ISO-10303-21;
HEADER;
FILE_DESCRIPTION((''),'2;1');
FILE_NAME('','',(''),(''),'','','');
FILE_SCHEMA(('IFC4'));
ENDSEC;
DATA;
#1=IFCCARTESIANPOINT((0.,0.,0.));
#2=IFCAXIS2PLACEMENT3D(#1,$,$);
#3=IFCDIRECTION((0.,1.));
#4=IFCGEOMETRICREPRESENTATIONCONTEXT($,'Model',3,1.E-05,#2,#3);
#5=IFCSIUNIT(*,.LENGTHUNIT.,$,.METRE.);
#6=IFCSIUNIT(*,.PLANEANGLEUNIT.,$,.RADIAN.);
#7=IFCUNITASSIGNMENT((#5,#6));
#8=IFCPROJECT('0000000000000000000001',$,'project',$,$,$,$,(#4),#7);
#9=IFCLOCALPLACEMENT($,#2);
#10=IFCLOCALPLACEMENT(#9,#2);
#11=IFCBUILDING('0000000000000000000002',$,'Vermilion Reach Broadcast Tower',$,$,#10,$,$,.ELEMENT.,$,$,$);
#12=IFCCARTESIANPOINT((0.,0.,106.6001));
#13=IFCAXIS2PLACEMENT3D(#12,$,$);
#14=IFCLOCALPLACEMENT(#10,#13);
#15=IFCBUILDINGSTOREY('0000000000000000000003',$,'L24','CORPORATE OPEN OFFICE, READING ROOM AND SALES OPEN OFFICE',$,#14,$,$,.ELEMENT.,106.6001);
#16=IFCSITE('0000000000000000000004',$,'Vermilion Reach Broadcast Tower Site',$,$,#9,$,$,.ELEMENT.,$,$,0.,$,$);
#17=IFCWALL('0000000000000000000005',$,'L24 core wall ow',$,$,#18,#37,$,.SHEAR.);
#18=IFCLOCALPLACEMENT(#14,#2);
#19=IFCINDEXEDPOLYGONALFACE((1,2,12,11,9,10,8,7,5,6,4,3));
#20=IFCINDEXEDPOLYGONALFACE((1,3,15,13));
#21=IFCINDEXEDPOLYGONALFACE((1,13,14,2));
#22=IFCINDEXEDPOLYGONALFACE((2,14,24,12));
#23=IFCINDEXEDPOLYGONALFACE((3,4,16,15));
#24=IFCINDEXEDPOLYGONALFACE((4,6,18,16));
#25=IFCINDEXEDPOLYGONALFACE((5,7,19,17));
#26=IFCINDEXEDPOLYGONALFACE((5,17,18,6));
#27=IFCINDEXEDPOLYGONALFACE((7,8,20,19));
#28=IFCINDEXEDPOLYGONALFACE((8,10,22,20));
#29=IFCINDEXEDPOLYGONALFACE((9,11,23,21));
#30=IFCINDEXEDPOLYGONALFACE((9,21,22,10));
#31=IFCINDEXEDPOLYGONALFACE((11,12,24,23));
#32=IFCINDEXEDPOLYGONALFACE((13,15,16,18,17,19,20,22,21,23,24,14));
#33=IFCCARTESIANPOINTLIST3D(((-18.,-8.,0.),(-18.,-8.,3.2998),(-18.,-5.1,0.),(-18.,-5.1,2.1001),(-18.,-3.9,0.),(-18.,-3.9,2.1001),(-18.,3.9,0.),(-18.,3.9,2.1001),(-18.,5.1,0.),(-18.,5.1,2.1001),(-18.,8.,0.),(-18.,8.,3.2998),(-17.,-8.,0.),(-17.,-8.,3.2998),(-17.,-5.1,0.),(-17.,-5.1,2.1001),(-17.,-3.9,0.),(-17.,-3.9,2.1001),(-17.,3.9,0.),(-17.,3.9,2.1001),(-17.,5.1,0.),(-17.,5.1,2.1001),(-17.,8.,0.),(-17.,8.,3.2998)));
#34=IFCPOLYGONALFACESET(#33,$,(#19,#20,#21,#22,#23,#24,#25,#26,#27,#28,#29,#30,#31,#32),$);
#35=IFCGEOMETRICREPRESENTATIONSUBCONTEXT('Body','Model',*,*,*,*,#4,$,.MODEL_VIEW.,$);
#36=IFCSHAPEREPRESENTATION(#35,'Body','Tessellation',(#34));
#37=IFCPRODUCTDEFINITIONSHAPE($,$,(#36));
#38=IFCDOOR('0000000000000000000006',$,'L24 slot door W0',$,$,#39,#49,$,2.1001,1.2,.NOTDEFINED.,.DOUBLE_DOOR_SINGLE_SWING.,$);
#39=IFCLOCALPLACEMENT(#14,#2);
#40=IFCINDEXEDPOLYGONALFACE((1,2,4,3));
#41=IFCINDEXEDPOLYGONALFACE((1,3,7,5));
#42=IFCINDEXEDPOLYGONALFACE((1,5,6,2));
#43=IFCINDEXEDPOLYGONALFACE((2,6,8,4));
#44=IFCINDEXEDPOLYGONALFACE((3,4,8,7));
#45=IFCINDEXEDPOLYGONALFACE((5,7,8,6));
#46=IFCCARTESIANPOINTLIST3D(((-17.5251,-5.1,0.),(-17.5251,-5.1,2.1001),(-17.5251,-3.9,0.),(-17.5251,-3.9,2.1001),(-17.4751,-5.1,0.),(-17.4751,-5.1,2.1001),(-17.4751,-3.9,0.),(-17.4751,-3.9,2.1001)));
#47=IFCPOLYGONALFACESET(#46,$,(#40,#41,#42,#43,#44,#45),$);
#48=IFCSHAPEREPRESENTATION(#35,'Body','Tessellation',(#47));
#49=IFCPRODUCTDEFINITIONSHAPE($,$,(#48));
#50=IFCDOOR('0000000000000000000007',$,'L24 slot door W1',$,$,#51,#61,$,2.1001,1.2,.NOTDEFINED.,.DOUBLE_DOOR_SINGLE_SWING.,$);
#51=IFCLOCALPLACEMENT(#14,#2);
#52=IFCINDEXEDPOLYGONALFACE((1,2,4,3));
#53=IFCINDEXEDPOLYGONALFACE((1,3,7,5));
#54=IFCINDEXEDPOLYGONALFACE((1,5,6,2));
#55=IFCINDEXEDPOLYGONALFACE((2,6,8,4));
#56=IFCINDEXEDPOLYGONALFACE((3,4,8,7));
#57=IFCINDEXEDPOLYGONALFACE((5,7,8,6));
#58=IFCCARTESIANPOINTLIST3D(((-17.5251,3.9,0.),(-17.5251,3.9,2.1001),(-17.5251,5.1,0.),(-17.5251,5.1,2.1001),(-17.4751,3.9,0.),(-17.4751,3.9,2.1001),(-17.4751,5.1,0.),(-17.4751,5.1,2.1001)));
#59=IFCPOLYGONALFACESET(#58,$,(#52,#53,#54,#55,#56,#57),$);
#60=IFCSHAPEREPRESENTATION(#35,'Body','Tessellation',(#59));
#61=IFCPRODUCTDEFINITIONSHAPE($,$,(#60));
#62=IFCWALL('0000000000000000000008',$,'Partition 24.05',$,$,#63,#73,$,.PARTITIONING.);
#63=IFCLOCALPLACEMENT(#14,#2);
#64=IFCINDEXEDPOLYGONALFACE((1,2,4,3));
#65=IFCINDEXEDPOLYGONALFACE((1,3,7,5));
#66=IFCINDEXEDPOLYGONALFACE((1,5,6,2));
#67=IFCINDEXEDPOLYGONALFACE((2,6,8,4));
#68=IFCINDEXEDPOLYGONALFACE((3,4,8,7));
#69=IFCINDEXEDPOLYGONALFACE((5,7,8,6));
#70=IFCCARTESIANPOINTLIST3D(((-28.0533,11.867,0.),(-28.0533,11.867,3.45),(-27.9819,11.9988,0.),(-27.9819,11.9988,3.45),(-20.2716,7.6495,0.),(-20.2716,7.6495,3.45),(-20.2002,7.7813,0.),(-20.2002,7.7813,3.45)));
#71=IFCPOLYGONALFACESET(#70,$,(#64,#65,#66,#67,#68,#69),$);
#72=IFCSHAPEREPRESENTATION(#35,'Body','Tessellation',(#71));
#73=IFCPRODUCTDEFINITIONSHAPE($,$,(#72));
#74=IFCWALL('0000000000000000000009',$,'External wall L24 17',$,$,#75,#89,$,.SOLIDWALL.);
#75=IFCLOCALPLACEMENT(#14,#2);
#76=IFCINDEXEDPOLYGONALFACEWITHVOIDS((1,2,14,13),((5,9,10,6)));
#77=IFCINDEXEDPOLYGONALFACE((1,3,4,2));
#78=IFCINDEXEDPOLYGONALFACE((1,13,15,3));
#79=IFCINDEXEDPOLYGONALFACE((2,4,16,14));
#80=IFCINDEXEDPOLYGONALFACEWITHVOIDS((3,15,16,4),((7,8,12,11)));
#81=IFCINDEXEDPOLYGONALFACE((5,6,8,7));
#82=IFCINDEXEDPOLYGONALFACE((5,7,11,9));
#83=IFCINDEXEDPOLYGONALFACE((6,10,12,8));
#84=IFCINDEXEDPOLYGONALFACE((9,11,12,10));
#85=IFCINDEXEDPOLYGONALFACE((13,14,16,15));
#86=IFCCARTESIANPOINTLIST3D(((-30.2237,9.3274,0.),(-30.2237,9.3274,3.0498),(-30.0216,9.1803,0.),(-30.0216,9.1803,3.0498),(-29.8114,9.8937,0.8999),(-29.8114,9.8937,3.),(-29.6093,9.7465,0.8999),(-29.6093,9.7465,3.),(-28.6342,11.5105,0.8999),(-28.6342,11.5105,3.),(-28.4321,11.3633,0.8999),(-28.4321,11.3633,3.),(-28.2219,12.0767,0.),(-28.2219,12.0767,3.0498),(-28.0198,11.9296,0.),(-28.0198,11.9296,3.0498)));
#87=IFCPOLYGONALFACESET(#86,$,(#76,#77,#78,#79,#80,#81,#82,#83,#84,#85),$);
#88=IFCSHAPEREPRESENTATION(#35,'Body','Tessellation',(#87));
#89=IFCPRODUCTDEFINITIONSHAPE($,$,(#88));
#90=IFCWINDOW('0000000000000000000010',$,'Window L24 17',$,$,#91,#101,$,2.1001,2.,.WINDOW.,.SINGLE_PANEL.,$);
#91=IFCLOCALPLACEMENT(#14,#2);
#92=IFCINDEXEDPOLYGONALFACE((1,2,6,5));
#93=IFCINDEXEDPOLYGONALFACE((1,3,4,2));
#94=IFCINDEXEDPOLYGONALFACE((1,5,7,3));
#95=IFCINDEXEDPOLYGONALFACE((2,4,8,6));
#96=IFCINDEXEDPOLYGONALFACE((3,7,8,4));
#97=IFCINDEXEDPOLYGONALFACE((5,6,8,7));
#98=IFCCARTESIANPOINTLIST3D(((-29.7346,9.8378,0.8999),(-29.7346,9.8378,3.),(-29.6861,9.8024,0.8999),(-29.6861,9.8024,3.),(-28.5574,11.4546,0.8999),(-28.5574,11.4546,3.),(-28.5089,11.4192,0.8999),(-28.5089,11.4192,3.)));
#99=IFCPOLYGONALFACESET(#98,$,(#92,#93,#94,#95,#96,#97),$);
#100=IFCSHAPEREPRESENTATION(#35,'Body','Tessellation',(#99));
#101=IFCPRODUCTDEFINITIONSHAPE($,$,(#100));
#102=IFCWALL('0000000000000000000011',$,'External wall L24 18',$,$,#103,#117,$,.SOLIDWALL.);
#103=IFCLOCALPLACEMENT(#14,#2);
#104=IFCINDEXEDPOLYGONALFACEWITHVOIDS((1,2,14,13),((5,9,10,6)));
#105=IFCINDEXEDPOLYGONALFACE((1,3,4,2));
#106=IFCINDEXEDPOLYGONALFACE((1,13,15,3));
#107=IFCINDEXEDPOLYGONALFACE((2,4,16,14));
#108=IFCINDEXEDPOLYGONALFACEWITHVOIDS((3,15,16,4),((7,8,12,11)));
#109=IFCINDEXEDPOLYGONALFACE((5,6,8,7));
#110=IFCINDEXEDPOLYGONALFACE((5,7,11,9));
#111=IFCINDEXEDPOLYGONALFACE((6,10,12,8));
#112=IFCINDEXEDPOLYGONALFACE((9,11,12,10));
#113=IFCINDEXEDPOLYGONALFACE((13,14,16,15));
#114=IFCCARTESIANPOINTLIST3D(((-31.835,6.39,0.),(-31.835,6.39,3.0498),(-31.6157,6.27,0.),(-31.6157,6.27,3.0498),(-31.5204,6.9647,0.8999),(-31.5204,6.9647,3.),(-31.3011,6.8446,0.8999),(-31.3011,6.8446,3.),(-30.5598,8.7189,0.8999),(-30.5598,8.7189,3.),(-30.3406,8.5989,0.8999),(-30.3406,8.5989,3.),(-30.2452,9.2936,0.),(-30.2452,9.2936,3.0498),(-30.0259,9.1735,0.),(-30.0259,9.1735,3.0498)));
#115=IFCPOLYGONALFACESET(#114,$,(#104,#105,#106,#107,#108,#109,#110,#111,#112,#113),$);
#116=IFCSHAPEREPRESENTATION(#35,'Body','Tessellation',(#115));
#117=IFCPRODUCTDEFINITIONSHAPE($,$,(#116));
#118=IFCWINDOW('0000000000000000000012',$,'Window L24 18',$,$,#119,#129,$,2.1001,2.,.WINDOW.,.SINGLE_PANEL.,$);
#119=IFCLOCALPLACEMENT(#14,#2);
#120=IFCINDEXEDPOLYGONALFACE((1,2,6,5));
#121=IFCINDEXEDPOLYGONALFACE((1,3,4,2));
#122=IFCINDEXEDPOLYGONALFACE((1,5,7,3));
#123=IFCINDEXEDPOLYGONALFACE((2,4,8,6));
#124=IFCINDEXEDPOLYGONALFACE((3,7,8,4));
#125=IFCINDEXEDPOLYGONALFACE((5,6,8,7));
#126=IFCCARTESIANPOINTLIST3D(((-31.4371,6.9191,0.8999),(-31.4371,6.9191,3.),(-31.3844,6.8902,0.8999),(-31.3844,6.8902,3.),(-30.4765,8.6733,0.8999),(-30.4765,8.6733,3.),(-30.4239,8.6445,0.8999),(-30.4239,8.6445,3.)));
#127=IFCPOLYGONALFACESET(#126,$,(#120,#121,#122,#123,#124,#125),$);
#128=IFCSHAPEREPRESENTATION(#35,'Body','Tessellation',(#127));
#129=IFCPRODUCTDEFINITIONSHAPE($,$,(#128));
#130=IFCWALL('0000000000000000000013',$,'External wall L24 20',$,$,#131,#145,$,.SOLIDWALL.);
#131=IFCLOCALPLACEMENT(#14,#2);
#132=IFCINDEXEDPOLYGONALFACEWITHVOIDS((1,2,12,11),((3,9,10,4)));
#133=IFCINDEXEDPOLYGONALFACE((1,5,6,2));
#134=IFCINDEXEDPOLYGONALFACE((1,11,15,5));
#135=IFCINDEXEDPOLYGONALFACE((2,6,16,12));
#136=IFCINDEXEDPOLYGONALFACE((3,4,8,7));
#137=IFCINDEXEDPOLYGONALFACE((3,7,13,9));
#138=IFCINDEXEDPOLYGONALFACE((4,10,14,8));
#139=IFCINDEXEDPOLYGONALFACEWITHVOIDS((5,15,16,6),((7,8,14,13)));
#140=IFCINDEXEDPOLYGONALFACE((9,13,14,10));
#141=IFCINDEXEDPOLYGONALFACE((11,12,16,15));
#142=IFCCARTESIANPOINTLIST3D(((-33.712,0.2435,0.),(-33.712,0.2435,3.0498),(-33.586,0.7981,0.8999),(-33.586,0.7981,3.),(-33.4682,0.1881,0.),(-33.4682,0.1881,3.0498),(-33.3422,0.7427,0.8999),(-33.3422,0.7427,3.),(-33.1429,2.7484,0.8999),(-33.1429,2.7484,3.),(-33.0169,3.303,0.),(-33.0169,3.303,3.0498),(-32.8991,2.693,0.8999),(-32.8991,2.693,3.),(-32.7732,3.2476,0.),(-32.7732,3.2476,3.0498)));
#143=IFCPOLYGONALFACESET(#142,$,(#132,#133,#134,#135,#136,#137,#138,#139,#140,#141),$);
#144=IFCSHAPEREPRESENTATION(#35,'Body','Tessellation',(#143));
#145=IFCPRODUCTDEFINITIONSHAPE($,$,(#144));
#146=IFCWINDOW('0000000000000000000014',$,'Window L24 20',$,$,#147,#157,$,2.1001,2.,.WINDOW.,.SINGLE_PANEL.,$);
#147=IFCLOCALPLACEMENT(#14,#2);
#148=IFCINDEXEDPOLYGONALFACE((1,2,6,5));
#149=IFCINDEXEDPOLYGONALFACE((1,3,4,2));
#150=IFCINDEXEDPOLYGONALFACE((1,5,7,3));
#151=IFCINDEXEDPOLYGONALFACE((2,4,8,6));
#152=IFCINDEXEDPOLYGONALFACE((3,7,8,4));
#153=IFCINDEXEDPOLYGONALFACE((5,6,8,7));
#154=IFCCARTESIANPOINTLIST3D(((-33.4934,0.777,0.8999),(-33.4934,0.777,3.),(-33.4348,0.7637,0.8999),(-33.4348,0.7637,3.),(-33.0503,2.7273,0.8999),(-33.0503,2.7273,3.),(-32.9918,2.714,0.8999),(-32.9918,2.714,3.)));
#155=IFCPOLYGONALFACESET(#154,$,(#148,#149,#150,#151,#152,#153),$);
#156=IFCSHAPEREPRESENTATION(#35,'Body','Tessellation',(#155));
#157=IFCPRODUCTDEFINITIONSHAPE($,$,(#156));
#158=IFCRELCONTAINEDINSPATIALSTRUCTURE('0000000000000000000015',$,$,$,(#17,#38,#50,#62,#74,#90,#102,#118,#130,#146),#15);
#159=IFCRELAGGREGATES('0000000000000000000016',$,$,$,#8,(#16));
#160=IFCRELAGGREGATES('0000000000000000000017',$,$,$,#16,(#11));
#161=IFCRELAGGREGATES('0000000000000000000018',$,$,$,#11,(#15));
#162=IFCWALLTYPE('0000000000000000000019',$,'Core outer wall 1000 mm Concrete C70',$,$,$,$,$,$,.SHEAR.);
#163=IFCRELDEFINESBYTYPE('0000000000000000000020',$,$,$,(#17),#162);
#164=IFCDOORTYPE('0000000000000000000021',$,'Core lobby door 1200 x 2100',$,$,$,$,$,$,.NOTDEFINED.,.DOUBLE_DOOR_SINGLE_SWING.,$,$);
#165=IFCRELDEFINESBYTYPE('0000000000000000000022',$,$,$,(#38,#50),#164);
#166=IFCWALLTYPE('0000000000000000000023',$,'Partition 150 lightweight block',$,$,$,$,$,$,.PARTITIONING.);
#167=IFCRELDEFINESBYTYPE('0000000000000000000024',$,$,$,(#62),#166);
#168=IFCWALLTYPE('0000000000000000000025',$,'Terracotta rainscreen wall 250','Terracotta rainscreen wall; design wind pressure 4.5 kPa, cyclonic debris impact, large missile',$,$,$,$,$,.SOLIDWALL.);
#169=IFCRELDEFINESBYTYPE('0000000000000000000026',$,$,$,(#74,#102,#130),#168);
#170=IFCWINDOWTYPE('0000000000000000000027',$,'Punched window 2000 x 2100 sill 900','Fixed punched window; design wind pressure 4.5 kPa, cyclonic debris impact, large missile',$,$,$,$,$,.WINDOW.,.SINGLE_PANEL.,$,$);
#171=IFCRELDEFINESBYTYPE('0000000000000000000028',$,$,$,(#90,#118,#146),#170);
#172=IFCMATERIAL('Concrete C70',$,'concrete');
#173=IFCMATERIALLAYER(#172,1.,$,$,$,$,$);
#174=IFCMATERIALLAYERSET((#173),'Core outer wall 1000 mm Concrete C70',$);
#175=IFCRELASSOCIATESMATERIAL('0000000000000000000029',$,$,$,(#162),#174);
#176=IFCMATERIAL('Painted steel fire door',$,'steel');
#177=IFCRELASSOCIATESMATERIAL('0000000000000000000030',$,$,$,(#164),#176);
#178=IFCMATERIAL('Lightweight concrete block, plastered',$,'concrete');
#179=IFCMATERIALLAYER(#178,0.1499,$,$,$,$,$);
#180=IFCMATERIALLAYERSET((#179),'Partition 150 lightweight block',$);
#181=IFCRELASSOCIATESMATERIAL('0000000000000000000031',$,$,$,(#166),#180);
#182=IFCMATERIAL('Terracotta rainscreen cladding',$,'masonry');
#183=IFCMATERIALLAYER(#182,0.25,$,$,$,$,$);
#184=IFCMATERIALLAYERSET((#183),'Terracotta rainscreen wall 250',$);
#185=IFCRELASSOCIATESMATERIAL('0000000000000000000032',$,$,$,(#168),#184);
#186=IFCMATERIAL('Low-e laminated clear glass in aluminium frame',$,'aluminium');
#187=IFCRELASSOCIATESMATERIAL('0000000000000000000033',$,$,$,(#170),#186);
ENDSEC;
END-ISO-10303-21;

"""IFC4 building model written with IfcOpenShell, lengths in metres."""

from ifc_helpers import new_model, si_unit, direction, frame, frame_2d, origin, place, context, subcontext, project, spatial, rectangle, extrude, material, layer, layer_set, type_object, element, fill, save


model = new_model("IFC4")

# Units and contexts
model_context = context("Model", 3, precision=1e-05, world=origin(), true_north=direction((0.0, 1.0)))
body_context = subcontext(model_context, "Body", "Model", "MODEL_VIEW")
ifc_project = project(units=[si_unit("LENGTHUNIT", "METRE"), si_unit("PLANEANGLEUNIT", "RADIAN")], contexts=[model_context])

# Site, building, storey
site_placement = place(None, origin())
site = spatial("IfcSite", under=ifc_project, at=site_placement, Name="Vermilion Reach Broadcast Tower Site", CompositionType="ELEMENT", RefElevation=0.0)
building_placement = place(site_placement, origin())
building = spatial("IfcBuilding", under=site, at=building_placement, Name="Vermilion Reach Broadcast Tower", CompositionType="ELEMENT")
storey_placement = place(building_placement, frame((0.0, 0.0, 106.6001)))
storey = spatial("IfcBuildingStorey", under=building, at=storey_placement, Name="L24", Description="CORPORATE OPEN OFFICE, READING ROOM AND SALES OPEN OFFICE", CompositionType="ELEMENT", Elevation=106.6001)

# Wall, openings, doors
ifc_material_1 = material(Name="Concrete C70", Category="concrete")
ifc_layer_1 = layer(ifc_material_1, 1.0)
ifc_layer_set_1 = layer_set([ifc_layer_1], Name="Core outer wall 1000 mm Concrete C70")
wall_type_1 = type_object("IfcWallType", Name="Core outer wall 1000 mm Concrete C70", PredefinedType="SHEAR", material=ifc_layer_set_1)
wall_1_placement = place(storey_placement, frame((-17.5, 8.0, 0.0), z_axis=(0.0, 0.0, 1.0), x_axis=(0.0, -1.0, 0.0)))
wall_1 = element("IfcWall", 1, at=wall_1_placement, inside=storey, type_object=wall_type_1, Name="L24 core wall ow", PredefinedType="SHEAR", context=body_context, shape_type="SweptSolid", body=[
    extrude(rectangle(XDim=16.0, YDim=1.0, at=frame_2d((8.0, 0.0))), origin(), (0.0, 0.0, 1.0), 3.2998),
])
opening_1_placement = place(wall_1_placement, frame((11.8999, 0.0, 0.0)))
opening_1 = element("IfcOpeningElement", 2, at=opening_1_placement, cuts=wall_1, PredefinedType="OPENING", context=body_context, shape_type="SweptSolid", body=[
    extrude(rectangle(XDim=1.2, YDim=2.1001, at=frame_2d((0.6001, 1.05))), frame((0.0, 0.51, 0.0), z_axis=(0.0, -1.0, 0.0), x_axis=(1.0, 0.0, 0.0)), (0.0, 0.0, 1.0), 1.02),
])
opening_2_placement = place(wall_1_placement, frame((2.8999, 0.0, 0.0)))
opening_2 = element("IfcOpeningElement", 3, at=opening_2_placement, cuts=wall_1, PredefinedType="OPENING", context=body_context, shape_type="SweptSolid", body=[
    extrude(rectangle(XDim=1.2, YDim=2.1001, at=frame_2d((0.6001, 1.05))), frame((0.0, 0.51, 0.0), z_axis=(0.0, -1.0, 0.0), x_axis=(1.0, 0.0, 0.0)), (0.0, 0.0, 1.0), 1.02),
])
ifc_material_2 = material(Name="Painted steel fire door", Category="steel")
door_type_1 = type_object("IfcDoorType", Name="Core lobby door 1200 x 2100", OperationType="DOUBLE_DOOR_SINGLE_SWING", PredefinedType="NOTDEFINED", material=ifc_material_2)
door_1_placement = place(opening_1_placement, origin())
door_1 = element("IfcDoor", 4, at=door_1_placement, inside=storey, type_object=door_type_1, Name="L24 slot door W0", OperationType="DOUBLE_DOOR_SINGLE_SWING", OverallHeight=2.1001, OverallWidth=1.2, PredefinedType="NOTDEFINED", context=body_context, shape_type="SweptSolid", body=[
    extrude(rectangle(XDim=1.2, YDim=2.1001, at=frame_2d((0.6001, 1.05))), frame((0.0, 0.0249, 0.0), z_axis=(0.0, -1.0, 0.0), x_axis=(1.0, 0.0, 0.0)), (0.0, 0.0, 1.0), 0.05),
])
fill(opening_1, door_1)
door_2_placement = place(opening_2_placement, origin())
door_2 = element("IfcDoor", 5, at=door_2_placement, inside=storey, type_object=door_type_1, Name="L24 slot door W1", OperationType="DOUBLE_DOOR_SINGLE_SWING", OverallHeight=2.1001, OverallWidth=1.2, PredefinedType="NOTDEFINED", context=body_context, shape_type="SweptSolid", body=[
    extrude(rectangle(XDim=1.2, YDim=2.1001, at=frame_2d((0.6001, 1.05))), frame((0.0, 0.0249, 0.0), z_axis=(0.0, -1.0, 0.0), x_axis=(1.0, 0.0, 0.0)), (0.0, 0.0, 1.0), 0.05),
])
fill(opening_2, door_2)

# Wall
ifc_material_3 = material(Name="Lightweight concrete block, plastered", Category="concrete")
ifc_layer_2 = layer(ifc_material_3, 0.1499)
ifc_layer_set_2 = layer_set([ifc_layer_2], Name="Partition 150 lightweight block")
wall_type_2 = type_object("IfcWallType", Name="Partition 150 lightweight block", PredefinedType="PARTITIONING", material=ifc_layer_set_2)
wall_2_placement = place(storey_placement, frame((-28.0176, 11.9329, 0.0), z_axis=(0.0, 0.0, 1.0), x_axis=(0.879177, -0.476495, 0.0)))
element("IfcWall", 6, at=wall_2_placement, inside=storey, type_object=wall_type_2, Name="Partition 24.05", PredefinedType="PARTITIONING", context=body_context, shape_type="SweptSolid", body=[
    extrude(rectangle(XDim=8.8511, YDim=0.1499, at=frame_2d((4.4255, 0.0))), origin(), (0.0, 0.0, 1.0), 3.45),
])

# Walls, openings, windows
ifc_material_4 = material(Name="Terracotta rainscreen cladding", Category="masonry")
ifc_layer_3 = layer(ifc_material_4, 0.25)
ifc_layer_set_3 = layer_set([ifc_layer_3], Name="Terracotta rainscreen wall 250")
wall_type_3 = type_object("IfcWallType", Name="Terracotta rainscreen wall 250", Description="Terracotta rainscreen wall; design wind pressure 4.5 kPa, cyclonic debris impact, large missile", PredefinedType="SOLIDWALL", material=ifc_layer_set_3)
wall_3_placement = place(storey_placement, frame((-28.1208, 12.0032, 0.0), z_axis=(0.0, 0.0, 1.0), x_axis=(-0.588603, -0.808422, 0.0)))
wall_3 = element("IfcWall", 7, at=wall_3_placement, inside=storey, type_object=wall_type_3, Name="External wall L24 17", PredefinedType="SOLIDWALL", context=body_context, shape_type="SweptSolid", body=[
    extrude(rectangle(XDim=3.4009, YDim=0.25, at=frame_2d((1.7004, 0.0))), origin(), (0.0, 0.0, 1.0), 3.0498),
])
opening_3_placement = place(wall_3_placement, frame((0.7004, 0.0, 0.8999)))
opening_3 = element("IfcOpeningElement", 8, at=opening_3_placement, cuts=wall_3, PredefinedType="OPENING", context=body_context, shape_type="SweptSolid", body=[
    extrude(rectangle(XDim=2.0, YDim=2.1001, at=frame_2d((1.0, 1.05))), frame((0.0, 0.135, 0.0), z_axis=(0.0, -1.0, 0.0), x_axis=(1.0, 0.0, 0.0)), (0.0, 0.0, 1.0), 0.27),
])
ifc_material_5 = material(Name="Low-e laminated clear glass in aluminium frame", Category="aluminium")
window_type = type_object("IfcWindowType", Name="Punched window 2000 x 2100 sill 900", Description="Fixed punched window; design wind pressure 4.5 kPa, cyclonic debris impact, large missile", PartitioningType="SINGLE_PANEL", PredefinedType="WINDOW", material=ifc_material_5)
window_1_placement = place(opening_3_placement, origin())
window_1 = element("IfcWindow", 9, at=window_1_placement, inside=storey, type_object=window_type, Name="Window L24 17", OverallHeight=2.1001, OverallWidth=2.0, PartitioningType="SINGLE_PANEL", PredefinedType="WINDOW", context=body_context, shape_type="SweptSolid", body=[
    extrude(rectangle(XDim=2.0, YDim=2.1001, at=frame_2d((1.0, 1.05))), frame((0.0, 0.03, 0.0), z_axis=(0.0, -1.0, 0.0), x_axis=(1.0, 0.0, 0.0)), (0.0, 0.0, 1.0), 0.0601),
])
fill(opening_3, window_1)
wall_4_placement = place(storey_placement, frame((-30.1355, 9.2336, 0.0), z_axis=(0.0, 0.0, 1.0), x_axis=(-0.480267, -0.877122, 0.0)))
wall_4 = element("IfcWall", 10, at=wall_4_placement, inside=storey, type_object=wall_type_3, Name="External wall L24 18", PredefinedType="SOLIDWALL", context=body_context, shape_type="SweptSolid", body=[
    extrude(rectangle(XDim=3.3103, YDim=0.25, at=frame_2d((1.6553, 0.0))), origin(), (0.0, 0.0, 1.0), 3.0498),
])
opening_4_placement = place(wall_4_placement, frame((0.6553, 0.0, 0.8999)))
opening_4 = element("IfcOpeningElement", 11, at=opening_4_placement, cuts=wall_4, PredefinedType="OPENING", context=body_context, shape_type="SweptSolid", body=[
    extrude(rectangle(XDim=2.0, YDim=2.1001, at=frame_2d((1.0, 1.05))), frame((0.0, 0.135, 0.0), z_axis=(0.0, -1.0, 0.0), x_axis=(1.0, 0.0, 0.0)), (0.0, 0.0, 1.0), 0.27),
])
window_2_placement = place(opening_4_placement, origin())
window_2 = element("IfcWindow", 12, at=window_2_placement, inside=storey, type_object=window_type, Name="Window L24 18", OverallHeight=2.1001, OverallWidth=2.0, PartitioningType="SINGLE_PANEL", PredefinedType="WINDOW", context=body_context, shape_type="SweptSolid", body=[
    extrude(rectangle(XDim=2.0, YDim=2.1001, at=frame_2d((1.0, 1.05))), frame((0.0, 0.03, 0.0), z_axis=(0.0, -1.0, 0.0), x_axis=(1.0, 0.0, 0.0)), (0.0, 0.0, 1.0), 0.0601),
])
fill(opening_4, window_2)

# Wall, opening, window
wall_5_placement = place(storey_placement, frame((-32.895, 3.2754, 0.0), z_axis=(0.0, 0.0, 1.0), x_axis=(-0.221534, -0.975153, 0.0)))
wall_5 = element("IfcWall", 13, at=wall_5_placement, inside=storey, type_object=wall_type_3, Name="External wall L24 20", PredefinedType="SOLIDWALL", context=body_context, shape_type="SweptSolid", body=[
    extrude(rectangle(XDim=3.1375, YDim=0.25, at=frame_2d((1.5688, 0.0))), origin(), (0.0, 0.0, 1.0), 3.0498),
])
opening_5_placement = place(wall_5_placement, frame((0.5688, 0.0, 0.8999)))
opening_5 = element("IfcOpeningElement", 14, at=opening_5_placement, cuts=wall_5, PredefinedType="OPENING", context=body_context, shape_type="SweptSolid", body=[
    extrude(rectangle(XDim=2.0, YDim=2.1001, at=frame_2d((1.0, 1.05))), frame((0.0, 0.135, 0.0), z_axis=(0.0, -1.0, 0.0), x_axis=(1.0, 0.0, 0.0)), (0.0, 0.0, 1.0), 0.27),
])
window_3_placement = place(opening_5_placement, origin())
window_3 = element("IfcWindow", 15, at=window_3_placement, inside=storey, type_object=window_type, Name="Window L24 20", OverallHeight=2.1001, OverallWidth=2.0, PartitioningType="SINGLE_PANEL", PredefinedType="WINDOW", context=body_context, shape_type="SweptSolid", body=[
    extrude(rectangle(XDim=2.0, YDim=2.1001, at=frame_2d((1.0, 1.05))), frame((0.0, 0.03, 0.0), z_axis=(0.0, -1.0, 0.0), x_axis=(1.0, 0.0, 0.0)), (0.0, 0.0, 1.0), 0.0601),
])
fill(opening_5, window_3)

save(model, "model.ifc")
